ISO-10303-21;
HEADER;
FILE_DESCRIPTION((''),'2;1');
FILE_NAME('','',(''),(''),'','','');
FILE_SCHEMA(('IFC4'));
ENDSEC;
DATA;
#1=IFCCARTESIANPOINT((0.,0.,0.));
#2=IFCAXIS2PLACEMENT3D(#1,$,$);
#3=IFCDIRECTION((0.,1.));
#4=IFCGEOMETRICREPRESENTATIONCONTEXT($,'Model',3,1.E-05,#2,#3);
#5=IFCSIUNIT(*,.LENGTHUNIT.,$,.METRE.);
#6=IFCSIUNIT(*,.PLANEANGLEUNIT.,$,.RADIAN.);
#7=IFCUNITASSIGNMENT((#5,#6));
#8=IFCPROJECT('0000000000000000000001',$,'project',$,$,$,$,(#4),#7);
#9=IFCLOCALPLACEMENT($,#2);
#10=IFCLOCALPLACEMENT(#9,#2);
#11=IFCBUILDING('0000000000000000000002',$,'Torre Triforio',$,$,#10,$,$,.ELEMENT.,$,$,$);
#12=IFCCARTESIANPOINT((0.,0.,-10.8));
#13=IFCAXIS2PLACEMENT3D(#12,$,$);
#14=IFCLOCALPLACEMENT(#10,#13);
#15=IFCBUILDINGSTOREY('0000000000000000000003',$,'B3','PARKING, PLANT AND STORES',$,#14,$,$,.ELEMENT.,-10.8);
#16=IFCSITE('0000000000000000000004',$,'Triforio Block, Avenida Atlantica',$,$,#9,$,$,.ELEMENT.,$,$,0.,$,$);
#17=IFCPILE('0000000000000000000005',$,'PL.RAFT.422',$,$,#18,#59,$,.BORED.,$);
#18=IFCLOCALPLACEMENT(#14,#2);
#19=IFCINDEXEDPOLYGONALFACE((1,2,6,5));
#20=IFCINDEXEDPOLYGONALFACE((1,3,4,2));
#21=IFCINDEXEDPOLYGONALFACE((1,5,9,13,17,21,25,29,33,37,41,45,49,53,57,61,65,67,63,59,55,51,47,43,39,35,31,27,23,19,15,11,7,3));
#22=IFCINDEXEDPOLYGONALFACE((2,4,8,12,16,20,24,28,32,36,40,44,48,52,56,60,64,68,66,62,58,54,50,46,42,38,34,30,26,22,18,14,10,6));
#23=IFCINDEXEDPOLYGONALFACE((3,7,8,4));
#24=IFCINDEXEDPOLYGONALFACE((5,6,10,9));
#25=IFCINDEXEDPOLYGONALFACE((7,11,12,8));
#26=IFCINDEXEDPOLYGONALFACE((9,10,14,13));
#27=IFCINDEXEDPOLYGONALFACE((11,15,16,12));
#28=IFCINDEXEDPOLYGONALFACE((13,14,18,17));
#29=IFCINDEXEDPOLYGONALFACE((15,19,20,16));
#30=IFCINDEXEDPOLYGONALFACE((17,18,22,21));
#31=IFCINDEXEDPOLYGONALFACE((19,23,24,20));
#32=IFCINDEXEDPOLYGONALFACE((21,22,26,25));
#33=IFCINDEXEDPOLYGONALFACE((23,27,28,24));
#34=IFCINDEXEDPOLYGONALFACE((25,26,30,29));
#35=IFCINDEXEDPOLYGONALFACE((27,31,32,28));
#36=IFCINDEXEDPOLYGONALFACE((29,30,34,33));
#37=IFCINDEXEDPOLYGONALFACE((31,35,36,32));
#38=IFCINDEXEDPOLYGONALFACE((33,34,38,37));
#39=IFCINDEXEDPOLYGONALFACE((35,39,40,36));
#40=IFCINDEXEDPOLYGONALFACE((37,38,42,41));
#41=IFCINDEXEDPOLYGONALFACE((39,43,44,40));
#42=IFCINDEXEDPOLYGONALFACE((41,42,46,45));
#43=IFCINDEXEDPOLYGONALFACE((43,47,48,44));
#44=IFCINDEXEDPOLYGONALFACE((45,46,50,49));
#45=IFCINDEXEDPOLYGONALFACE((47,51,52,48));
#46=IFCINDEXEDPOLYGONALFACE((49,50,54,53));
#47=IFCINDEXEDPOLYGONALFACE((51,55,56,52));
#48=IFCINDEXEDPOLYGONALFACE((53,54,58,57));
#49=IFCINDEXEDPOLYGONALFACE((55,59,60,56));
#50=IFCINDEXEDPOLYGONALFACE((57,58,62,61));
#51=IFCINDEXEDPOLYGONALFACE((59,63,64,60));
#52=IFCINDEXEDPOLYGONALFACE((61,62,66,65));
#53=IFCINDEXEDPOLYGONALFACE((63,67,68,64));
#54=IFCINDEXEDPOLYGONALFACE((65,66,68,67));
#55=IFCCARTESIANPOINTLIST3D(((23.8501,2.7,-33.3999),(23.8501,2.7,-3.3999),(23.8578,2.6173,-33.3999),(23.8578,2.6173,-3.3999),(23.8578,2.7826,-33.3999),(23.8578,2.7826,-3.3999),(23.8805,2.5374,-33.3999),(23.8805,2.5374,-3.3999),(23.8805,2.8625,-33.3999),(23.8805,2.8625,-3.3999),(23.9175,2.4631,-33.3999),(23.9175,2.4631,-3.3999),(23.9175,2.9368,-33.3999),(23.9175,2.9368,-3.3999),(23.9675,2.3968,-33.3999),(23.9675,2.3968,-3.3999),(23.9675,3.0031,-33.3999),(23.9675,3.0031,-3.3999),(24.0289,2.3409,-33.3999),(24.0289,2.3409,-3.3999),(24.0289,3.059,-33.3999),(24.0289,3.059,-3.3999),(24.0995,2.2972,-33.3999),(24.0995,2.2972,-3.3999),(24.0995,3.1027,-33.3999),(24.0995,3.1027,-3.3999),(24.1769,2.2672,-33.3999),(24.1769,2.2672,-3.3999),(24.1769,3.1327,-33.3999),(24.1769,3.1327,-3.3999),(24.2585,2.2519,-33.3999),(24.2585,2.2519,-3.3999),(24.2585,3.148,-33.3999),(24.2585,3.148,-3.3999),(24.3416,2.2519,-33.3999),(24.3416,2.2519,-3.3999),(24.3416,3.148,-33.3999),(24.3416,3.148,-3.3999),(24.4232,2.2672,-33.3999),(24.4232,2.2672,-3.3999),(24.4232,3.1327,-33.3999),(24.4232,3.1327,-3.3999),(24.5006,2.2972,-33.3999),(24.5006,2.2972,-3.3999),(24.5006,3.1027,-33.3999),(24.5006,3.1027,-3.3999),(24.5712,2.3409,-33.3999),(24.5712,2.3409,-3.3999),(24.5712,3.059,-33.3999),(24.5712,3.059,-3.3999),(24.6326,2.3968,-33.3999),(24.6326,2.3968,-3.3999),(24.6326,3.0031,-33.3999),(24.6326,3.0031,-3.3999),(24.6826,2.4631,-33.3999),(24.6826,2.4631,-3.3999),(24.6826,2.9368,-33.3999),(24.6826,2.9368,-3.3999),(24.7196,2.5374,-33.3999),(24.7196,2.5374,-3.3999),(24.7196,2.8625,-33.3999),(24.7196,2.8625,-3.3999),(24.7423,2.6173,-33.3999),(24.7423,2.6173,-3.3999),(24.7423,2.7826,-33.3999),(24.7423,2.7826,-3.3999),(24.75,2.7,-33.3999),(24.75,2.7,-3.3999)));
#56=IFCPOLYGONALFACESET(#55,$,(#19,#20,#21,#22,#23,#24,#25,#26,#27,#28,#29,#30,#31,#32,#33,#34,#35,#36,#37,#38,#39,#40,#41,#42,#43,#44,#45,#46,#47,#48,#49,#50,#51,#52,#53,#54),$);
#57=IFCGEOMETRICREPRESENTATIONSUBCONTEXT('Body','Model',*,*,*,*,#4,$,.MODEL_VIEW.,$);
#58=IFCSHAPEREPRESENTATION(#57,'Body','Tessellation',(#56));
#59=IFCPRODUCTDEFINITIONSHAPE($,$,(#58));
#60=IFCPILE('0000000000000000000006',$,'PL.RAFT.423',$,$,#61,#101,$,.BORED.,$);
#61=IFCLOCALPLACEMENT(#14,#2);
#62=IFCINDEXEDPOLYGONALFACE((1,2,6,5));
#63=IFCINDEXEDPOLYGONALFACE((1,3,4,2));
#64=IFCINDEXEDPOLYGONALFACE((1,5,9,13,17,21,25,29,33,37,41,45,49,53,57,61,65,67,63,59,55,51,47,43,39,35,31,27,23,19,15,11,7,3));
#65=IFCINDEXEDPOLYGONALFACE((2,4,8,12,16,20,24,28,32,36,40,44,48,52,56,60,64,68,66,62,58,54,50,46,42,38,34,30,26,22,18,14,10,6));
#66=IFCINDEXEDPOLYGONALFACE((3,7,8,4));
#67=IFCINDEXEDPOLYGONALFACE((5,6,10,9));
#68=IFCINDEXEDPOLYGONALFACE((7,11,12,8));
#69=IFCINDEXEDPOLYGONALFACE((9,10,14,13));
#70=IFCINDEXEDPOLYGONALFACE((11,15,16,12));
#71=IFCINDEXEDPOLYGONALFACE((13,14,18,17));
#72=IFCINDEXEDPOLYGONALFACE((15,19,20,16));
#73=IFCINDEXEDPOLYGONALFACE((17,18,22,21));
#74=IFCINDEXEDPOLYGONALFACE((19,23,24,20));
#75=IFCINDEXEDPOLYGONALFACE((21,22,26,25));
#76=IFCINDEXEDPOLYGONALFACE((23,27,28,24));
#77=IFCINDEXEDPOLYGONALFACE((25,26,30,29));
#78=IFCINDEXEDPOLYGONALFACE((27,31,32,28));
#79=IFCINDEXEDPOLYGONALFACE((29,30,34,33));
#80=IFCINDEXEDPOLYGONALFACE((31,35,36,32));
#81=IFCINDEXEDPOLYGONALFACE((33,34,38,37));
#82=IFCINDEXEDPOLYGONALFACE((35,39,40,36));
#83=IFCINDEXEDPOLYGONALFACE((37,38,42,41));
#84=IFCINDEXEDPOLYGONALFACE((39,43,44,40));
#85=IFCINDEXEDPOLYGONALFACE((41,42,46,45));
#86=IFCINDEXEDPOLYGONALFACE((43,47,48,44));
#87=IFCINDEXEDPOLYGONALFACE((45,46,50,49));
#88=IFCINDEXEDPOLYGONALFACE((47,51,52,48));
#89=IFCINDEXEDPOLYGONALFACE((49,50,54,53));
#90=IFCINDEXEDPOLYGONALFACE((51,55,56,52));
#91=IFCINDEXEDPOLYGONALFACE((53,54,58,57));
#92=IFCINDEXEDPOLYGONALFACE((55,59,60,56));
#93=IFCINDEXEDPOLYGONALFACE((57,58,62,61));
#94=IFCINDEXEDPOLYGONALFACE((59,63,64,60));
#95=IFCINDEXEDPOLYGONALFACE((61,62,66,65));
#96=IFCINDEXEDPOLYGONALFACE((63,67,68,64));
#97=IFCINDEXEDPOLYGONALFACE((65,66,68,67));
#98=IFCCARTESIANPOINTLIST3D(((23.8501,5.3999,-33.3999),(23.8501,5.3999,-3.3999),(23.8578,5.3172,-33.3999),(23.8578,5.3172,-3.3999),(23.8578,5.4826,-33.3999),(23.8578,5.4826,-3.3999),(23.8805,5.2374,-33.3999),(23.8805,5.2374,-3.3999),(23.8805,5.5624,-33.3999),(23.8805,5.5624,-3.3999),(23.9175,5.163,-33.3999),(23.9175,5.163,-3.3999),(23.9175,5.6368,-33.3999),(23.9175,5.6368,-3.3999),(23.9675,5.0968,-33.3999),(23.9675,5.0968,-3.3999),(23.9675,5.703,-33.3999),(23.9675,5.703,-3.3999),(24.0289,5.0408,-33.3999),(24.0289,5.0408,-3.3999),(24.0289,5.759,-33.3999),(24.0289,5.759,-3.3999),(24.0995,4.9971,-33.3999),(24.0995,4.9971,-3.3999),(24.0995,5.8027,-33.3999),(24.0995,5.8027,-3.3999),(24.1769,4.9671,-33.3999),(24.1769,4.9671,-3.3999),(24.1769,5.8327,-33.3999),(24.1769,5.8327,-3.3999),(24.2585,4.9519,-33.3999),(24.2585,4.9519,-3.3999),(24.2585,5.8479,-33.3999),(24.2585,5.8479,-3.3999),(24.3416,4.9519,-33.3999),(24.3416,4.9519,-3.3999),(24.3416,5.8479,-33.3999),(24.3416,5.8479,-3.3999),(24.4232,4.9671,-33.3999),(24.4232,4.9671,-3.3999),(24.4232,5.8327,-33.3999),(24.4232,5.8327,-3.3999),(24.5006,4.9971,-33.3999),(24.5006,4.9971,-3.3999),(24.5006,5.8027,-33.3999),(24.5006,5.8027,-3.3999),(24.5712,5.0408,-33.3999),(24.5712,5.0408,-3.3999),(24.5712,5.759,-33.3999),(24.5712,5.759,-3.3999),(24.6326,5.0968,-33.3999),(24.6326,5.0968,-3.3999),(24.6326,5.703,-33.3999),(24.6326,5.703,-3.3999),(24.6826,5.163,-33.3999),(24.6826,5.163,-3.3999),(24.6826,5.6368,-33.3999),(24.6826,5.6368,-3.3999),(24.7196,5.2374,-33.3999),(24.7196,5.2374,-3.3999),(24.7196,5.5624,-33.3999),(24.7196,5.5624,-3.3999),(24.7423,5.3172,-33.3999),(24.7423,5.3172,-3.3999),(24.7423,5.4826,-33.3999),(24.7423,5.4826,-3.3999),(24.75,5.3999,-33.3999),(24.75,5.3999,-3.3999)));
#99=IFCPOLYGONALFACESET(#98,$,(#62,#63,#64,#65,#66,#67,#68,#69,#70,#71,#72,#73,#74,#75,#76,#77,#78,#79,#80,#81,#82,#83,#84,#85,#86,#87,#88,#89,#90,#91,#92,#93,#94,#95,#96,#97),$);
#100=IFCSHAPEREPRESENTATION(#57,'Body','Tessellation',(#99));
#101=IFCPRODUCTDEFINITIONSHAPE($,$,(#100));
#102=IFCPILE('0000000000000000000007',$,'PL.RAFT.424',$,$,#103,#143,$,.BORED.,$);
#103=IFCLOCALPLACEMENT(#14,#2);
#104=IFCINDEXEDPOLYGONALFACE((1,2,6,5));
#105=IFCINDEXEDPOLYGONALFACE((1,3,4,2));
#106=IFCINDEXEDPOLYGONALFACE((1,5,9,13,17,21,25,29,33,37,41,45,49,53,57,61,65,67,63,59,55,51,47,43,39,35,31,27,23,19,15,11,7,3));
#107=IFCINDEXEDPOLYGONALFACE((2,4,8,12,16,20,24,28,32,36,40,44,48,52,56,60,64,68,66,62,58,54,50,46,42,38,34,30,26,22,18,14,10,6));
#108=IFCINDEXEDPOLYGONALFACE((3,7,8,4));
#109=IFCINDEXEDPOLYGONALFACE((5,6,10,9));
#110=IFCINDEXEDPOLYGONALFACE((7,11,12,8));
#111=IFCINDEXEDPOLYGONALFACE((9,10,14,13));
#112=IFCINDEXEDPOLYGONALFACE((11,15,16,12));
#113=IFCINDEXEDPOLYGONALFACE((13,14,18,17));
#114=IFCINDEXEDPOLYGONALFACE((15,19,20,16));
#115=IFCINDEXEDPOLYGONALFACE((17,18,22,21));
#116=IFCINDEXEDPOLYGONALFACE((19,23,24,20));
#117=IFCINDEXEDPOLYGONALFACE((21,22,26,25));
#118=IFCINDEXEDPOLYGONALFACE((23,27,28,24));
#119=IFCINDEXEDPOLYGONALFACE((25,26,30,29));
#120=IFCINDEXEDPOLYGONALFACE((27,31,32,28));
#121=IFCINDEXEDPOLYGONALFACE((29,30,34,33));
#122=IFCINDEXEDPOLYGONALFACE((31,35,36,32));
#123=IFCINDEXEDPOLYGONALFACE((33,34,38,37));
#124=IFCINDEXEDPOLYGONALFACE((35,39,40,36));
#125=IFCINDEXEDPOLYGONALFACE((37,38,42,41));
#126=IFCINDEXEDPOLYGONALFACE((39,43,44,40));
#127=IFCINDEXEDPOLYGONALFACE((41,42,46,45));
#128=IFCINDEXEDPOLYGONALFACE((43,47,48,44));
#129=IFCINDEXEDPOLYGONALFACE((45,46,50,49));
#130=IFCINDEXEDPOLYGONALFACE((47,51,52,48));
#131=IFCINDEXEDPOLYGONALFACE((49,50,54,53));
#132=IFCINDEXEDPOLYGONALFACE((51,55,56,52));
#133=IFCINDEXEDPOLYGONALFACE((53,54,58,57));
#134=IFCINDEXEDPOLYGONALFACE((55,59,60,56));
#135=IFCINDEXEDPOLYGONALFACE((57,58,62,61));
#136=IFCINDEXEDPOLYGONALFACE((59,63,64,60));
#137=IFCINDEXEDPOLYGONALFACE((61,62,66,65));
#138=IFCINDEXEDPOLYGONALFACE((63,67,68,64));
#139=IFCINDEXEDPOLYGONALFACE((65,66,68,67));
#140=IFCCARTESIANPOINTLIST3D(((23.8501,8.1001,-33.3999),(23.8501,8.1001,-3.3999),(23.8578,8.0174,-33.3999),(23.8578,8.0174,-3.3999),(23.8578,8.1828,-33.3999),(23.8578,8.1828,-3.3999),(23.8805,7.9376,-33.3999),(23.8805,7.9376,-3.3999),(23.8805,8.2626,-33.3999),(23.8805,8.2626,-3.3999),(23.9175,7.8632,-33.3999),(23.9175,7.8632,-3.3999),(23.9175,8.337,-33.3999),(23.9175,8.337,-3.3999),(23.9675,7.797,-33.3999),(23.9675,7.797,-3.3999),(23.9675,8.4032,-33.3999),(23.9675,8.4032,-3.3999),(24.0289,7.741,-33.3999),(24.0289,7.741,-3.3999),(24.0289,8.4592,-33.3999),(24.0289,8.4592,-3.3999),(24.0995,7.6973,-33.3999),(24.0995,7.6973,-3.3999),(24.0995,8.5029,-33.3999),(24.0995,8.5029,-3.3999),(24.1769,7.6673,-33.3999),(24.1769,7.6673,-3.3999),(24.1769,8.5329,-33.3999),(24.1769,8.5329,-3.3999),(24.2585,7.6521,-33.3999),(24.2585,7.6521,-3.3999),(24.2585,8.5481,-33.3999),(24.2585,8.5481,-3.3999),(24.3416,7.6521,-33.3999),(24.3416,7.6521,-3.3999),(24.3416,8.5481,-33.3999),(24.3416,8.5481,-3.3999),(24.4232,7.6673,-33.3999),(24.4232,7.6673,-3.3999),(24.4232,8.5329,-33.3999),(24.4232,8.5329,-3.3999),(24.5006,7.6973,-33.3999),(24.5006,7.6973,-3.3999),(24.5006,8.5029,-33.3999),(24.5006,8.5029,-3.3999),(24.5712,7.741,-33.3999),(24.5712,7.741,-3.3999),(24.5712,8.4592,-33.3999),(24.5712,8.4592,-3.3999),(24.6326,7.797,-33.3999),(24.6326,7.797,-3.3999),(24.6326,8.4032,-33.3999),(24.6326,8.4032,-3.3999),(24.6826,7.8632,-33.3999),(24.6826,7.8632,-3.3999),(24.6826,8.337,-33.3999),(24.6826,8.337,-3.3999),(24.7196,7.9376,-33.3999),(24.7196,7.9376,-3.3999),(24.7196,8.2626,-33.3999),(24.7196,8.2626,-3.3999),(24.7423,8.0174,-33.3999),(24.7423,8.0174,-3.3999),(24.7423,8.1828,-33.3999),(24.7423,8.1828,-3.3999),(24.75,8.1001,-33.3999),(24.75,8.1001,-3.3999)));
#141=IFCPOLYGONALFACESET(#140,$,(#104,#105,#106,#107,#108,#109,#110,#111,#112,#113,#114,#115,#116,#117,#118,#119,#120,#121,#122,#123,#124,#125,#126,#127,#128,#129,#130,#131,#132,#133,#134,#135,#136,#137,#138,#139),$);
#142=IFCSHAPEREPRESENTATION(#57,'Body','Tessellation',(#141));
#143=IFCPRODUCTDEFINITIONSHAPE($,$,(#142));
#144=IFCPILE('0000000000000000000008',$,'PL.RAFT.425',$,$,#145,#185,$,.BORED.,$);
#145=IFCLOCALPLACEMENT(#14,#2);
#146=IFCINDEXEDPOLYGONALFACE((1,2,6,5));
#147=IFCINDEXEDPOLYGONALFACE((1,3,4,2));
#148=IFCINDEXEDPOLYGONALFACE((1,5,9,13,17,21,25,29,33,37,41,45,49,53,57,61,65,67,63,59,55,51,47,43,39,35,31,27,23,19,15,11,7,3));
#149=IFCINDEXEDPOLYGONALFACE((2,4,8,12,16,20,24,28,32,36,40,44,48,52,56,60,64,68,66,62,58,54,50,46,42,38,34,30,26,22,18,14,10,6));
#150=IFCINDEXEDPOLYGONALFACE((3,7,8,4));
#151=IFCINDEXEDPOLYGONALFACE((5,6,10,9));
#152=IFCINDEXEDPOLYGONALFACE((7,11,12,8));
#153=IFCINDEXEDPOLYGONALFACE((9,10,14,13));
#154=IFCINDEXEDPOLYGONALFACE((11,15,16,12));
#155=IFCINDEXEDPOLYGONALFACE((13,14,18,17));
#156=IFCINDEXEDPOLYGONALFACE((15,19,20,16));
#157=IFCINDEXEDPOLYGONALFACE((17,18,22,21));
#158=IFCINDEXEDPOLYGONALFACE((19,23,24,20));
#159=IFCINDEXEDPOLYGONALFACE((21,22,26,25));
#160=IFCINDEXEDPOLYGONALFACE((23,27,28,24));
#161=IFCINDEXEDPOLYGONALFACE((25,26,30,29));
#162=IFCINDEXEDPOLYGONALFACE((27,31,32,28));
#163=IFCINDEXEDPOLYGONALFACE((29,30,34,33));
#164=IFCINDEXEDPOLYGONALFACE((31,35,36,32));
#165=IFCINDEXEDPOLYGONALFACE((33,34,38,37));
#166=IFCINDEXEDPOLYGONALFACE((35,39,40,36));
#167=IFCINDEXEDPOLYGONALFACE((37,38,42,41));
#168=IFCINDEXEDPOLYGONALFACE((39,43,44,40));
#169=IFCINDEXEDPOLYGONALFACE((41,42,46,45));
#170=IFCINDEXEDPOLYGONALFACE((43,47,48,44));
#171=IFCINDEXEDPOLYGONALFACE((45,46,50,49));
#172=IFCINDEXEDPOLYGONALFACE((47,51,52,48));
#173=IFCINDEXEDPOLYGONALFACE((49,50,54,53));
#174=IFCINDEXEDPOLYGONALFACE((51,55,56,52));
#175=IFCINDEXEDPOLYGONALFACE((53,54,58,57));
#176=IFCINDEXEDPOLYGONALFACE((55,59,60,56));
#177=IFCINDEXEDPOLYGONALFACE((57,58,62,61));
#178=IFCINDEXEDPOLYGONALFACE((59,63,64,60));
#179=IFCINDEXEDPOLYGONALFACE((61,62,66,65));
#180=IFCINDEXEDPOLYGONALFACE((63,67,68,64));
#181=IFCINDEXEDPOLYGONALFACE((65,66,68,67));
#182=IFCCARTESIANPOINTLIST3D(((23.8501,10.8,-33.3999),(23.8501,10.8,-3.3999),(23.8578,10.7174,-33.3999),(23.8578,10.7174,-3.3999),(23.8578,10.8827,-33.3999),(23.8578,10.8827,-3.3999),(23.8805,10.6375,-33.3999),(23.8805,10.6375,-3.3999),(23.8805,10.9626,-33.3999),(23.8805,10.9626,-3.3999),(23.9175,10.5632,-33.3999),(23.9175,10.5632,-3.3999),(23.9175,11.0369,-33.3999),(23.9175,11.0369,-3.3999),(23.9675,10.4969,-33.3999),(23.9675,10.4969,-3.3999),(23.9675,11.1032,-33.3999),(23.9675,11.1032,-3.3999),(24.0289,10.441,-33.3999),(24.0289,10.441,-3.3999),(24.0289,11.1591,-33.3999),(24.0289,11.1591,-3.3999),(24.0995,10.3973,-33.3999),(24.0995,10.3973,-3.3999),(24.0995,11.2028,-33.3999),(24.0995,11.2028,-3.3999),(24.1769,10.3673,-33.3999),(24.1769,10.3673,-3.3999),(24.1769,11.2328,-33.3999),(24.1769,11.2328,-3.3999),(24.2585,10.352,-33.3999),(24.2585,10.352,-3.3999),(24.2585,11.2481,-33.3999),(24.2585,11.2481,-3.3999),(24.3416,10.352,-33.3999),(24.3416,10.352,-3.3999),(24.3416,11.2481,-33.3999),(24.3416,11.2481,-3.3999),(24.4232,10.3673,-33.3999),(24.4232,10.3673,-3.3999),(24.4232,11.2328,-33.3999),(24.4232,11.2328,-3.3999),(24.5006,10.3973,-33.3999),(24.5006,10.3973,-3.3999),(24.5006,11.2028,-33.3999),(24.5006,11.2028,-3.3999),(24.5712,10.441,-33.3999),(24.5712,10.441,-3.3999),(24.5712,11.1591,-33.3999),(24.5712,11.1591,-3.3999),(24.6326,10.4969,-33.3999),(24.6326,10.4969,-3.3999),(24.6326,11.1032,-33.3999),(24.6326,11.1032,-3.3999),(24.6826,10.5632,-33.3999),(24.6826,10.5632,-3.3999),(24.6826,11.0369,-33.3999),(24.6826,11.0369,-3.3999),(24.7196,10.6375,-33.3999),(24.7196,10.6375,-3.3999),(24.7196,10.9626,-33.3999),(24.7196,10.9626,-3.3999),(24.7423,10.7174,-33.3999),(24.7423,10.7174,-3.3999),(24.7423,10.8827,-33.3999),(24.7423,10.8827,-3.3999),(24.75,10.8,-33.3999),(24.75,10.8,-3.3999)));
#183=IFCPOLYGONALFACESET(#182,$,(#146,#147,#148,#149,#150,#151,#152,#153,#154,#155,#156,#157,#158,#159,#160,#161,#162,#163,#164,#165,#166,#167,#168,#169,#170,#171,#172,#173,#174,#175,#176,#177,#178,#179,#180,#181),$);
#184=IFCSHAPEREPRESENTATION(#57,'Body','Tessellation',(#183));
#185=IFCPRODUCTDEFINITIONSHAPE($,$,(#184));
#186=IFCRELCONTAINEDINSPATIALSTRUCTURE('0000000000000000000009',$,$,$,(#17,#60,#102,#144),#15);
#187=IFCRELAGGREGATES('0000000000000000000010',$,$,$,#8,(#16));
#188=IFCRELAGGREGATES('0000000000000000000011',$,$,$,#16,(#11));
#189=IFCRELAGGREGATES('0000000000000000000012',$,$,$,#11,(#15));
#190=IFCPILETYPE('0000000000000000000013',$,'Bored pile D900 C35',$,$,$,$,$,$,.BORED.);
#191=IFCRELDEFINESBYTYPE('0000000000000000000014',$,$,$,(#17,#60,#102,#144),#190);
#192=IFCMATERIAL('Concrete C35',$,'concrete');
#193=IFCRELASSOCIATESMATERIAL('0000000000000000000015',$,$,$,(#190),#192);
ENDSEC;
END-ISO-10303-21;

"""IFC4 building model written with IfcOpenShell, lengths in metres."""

from ifc_helpers import new_model, si_unit, direction, frame, origin, origin_2d, place, context, subcontext, project, spatial, circle, extrude, material, material_profile, profile_set, type_object, element, save


model = new_model("IFC4")

# Units and contexts
model_context = context("Model", 3, precision=1e-05, world=origin(), true_north=direction((0.0, 1.0)))
body_context = subcontext(model_context, "Body", "Model", "MODEL_VIEW")
ifc_project = project(units=[si_unit("LENGTHUNIT", "METRE"), si_unit("PLANEANGLEUNIT", "RADIAN")], contexts=[model_context])

# Site, building, storey
site_placement = place(None, origin())
site = spatial("IfcSite", under=ifc_project, at=site_placement, Name="Triforio Block, Avenida Atlantica", CompositionType="ELEMENT", RefElevation=0.0)
building_placement = place(site_placement, origin())
building = spatial("IfcBuilding", under=site, at=building_placement, Name="Torre Triforio", CompositionType="ELEMENT")
storey_placement = place(building_placement, frame((0.0, 0.0, -10.8)))
storey = spatial("IfcBuildingStorey", under=building, at=storey_placement, Name="B3", Description="PARKING, PLANT AND STORES", CompositionType="ELEMENT", Elevation=-10.8)

# Piles
ifc_material_1 = material(Name="Concrete C35", Category="concrete")
ifc_material_profile_1 = material_profile(ifc_material_1, circle(Radius=0.45, at=origin_2d()), Name="RC D900")
ifc_profile_set_1 = profile_set([ifc_material_profile_1], Name="Concrete C35")
pile_type = type_object("IfcPileType", Name="Bored pile D900 C35", PredefinedType="BORED", material=ifc_profile_set_1)
for number, where, z_axis, x_axis, name in (
    (1, (24.3, 2.7, -3.3999), (0.0, 0.0, -1.0), (1.0, 0.0, 0.0), "PL.RAFT.422"),
    (2, (24.3, 5.3999, -3.3999), (0.0, 0.0, -1.0), (1.0, 0.0, 0.0), "PL.RAFT.423"),
    (3, (24.3, 8.1001, -3.3999), (0.0, 0.0, -1.0), (1.0, 0.0, 0.0), "PL.RAFT.424"),
    (4, (24.3, 10.8, -3.3999), (0.0, 0.0, -1.0), (1.0, 0.0, 0.0), "PL.RAFT.425"),
):
    element("IfcPile", number, at=place(storey_placement, frame(where, z_axis=z_axis, x_axis=x_axis)), inside=storey, type_object=pile_type, Name=name, PredefinedType="BORED", context=body_context, shape_type="SweptSolid", body=[
        extrude(circle(Radius=0.45, at=origin_2d()), origin(), (0.0, 0.0, 1.0), 30.0),
    ])

save(model, "model.ifc")
